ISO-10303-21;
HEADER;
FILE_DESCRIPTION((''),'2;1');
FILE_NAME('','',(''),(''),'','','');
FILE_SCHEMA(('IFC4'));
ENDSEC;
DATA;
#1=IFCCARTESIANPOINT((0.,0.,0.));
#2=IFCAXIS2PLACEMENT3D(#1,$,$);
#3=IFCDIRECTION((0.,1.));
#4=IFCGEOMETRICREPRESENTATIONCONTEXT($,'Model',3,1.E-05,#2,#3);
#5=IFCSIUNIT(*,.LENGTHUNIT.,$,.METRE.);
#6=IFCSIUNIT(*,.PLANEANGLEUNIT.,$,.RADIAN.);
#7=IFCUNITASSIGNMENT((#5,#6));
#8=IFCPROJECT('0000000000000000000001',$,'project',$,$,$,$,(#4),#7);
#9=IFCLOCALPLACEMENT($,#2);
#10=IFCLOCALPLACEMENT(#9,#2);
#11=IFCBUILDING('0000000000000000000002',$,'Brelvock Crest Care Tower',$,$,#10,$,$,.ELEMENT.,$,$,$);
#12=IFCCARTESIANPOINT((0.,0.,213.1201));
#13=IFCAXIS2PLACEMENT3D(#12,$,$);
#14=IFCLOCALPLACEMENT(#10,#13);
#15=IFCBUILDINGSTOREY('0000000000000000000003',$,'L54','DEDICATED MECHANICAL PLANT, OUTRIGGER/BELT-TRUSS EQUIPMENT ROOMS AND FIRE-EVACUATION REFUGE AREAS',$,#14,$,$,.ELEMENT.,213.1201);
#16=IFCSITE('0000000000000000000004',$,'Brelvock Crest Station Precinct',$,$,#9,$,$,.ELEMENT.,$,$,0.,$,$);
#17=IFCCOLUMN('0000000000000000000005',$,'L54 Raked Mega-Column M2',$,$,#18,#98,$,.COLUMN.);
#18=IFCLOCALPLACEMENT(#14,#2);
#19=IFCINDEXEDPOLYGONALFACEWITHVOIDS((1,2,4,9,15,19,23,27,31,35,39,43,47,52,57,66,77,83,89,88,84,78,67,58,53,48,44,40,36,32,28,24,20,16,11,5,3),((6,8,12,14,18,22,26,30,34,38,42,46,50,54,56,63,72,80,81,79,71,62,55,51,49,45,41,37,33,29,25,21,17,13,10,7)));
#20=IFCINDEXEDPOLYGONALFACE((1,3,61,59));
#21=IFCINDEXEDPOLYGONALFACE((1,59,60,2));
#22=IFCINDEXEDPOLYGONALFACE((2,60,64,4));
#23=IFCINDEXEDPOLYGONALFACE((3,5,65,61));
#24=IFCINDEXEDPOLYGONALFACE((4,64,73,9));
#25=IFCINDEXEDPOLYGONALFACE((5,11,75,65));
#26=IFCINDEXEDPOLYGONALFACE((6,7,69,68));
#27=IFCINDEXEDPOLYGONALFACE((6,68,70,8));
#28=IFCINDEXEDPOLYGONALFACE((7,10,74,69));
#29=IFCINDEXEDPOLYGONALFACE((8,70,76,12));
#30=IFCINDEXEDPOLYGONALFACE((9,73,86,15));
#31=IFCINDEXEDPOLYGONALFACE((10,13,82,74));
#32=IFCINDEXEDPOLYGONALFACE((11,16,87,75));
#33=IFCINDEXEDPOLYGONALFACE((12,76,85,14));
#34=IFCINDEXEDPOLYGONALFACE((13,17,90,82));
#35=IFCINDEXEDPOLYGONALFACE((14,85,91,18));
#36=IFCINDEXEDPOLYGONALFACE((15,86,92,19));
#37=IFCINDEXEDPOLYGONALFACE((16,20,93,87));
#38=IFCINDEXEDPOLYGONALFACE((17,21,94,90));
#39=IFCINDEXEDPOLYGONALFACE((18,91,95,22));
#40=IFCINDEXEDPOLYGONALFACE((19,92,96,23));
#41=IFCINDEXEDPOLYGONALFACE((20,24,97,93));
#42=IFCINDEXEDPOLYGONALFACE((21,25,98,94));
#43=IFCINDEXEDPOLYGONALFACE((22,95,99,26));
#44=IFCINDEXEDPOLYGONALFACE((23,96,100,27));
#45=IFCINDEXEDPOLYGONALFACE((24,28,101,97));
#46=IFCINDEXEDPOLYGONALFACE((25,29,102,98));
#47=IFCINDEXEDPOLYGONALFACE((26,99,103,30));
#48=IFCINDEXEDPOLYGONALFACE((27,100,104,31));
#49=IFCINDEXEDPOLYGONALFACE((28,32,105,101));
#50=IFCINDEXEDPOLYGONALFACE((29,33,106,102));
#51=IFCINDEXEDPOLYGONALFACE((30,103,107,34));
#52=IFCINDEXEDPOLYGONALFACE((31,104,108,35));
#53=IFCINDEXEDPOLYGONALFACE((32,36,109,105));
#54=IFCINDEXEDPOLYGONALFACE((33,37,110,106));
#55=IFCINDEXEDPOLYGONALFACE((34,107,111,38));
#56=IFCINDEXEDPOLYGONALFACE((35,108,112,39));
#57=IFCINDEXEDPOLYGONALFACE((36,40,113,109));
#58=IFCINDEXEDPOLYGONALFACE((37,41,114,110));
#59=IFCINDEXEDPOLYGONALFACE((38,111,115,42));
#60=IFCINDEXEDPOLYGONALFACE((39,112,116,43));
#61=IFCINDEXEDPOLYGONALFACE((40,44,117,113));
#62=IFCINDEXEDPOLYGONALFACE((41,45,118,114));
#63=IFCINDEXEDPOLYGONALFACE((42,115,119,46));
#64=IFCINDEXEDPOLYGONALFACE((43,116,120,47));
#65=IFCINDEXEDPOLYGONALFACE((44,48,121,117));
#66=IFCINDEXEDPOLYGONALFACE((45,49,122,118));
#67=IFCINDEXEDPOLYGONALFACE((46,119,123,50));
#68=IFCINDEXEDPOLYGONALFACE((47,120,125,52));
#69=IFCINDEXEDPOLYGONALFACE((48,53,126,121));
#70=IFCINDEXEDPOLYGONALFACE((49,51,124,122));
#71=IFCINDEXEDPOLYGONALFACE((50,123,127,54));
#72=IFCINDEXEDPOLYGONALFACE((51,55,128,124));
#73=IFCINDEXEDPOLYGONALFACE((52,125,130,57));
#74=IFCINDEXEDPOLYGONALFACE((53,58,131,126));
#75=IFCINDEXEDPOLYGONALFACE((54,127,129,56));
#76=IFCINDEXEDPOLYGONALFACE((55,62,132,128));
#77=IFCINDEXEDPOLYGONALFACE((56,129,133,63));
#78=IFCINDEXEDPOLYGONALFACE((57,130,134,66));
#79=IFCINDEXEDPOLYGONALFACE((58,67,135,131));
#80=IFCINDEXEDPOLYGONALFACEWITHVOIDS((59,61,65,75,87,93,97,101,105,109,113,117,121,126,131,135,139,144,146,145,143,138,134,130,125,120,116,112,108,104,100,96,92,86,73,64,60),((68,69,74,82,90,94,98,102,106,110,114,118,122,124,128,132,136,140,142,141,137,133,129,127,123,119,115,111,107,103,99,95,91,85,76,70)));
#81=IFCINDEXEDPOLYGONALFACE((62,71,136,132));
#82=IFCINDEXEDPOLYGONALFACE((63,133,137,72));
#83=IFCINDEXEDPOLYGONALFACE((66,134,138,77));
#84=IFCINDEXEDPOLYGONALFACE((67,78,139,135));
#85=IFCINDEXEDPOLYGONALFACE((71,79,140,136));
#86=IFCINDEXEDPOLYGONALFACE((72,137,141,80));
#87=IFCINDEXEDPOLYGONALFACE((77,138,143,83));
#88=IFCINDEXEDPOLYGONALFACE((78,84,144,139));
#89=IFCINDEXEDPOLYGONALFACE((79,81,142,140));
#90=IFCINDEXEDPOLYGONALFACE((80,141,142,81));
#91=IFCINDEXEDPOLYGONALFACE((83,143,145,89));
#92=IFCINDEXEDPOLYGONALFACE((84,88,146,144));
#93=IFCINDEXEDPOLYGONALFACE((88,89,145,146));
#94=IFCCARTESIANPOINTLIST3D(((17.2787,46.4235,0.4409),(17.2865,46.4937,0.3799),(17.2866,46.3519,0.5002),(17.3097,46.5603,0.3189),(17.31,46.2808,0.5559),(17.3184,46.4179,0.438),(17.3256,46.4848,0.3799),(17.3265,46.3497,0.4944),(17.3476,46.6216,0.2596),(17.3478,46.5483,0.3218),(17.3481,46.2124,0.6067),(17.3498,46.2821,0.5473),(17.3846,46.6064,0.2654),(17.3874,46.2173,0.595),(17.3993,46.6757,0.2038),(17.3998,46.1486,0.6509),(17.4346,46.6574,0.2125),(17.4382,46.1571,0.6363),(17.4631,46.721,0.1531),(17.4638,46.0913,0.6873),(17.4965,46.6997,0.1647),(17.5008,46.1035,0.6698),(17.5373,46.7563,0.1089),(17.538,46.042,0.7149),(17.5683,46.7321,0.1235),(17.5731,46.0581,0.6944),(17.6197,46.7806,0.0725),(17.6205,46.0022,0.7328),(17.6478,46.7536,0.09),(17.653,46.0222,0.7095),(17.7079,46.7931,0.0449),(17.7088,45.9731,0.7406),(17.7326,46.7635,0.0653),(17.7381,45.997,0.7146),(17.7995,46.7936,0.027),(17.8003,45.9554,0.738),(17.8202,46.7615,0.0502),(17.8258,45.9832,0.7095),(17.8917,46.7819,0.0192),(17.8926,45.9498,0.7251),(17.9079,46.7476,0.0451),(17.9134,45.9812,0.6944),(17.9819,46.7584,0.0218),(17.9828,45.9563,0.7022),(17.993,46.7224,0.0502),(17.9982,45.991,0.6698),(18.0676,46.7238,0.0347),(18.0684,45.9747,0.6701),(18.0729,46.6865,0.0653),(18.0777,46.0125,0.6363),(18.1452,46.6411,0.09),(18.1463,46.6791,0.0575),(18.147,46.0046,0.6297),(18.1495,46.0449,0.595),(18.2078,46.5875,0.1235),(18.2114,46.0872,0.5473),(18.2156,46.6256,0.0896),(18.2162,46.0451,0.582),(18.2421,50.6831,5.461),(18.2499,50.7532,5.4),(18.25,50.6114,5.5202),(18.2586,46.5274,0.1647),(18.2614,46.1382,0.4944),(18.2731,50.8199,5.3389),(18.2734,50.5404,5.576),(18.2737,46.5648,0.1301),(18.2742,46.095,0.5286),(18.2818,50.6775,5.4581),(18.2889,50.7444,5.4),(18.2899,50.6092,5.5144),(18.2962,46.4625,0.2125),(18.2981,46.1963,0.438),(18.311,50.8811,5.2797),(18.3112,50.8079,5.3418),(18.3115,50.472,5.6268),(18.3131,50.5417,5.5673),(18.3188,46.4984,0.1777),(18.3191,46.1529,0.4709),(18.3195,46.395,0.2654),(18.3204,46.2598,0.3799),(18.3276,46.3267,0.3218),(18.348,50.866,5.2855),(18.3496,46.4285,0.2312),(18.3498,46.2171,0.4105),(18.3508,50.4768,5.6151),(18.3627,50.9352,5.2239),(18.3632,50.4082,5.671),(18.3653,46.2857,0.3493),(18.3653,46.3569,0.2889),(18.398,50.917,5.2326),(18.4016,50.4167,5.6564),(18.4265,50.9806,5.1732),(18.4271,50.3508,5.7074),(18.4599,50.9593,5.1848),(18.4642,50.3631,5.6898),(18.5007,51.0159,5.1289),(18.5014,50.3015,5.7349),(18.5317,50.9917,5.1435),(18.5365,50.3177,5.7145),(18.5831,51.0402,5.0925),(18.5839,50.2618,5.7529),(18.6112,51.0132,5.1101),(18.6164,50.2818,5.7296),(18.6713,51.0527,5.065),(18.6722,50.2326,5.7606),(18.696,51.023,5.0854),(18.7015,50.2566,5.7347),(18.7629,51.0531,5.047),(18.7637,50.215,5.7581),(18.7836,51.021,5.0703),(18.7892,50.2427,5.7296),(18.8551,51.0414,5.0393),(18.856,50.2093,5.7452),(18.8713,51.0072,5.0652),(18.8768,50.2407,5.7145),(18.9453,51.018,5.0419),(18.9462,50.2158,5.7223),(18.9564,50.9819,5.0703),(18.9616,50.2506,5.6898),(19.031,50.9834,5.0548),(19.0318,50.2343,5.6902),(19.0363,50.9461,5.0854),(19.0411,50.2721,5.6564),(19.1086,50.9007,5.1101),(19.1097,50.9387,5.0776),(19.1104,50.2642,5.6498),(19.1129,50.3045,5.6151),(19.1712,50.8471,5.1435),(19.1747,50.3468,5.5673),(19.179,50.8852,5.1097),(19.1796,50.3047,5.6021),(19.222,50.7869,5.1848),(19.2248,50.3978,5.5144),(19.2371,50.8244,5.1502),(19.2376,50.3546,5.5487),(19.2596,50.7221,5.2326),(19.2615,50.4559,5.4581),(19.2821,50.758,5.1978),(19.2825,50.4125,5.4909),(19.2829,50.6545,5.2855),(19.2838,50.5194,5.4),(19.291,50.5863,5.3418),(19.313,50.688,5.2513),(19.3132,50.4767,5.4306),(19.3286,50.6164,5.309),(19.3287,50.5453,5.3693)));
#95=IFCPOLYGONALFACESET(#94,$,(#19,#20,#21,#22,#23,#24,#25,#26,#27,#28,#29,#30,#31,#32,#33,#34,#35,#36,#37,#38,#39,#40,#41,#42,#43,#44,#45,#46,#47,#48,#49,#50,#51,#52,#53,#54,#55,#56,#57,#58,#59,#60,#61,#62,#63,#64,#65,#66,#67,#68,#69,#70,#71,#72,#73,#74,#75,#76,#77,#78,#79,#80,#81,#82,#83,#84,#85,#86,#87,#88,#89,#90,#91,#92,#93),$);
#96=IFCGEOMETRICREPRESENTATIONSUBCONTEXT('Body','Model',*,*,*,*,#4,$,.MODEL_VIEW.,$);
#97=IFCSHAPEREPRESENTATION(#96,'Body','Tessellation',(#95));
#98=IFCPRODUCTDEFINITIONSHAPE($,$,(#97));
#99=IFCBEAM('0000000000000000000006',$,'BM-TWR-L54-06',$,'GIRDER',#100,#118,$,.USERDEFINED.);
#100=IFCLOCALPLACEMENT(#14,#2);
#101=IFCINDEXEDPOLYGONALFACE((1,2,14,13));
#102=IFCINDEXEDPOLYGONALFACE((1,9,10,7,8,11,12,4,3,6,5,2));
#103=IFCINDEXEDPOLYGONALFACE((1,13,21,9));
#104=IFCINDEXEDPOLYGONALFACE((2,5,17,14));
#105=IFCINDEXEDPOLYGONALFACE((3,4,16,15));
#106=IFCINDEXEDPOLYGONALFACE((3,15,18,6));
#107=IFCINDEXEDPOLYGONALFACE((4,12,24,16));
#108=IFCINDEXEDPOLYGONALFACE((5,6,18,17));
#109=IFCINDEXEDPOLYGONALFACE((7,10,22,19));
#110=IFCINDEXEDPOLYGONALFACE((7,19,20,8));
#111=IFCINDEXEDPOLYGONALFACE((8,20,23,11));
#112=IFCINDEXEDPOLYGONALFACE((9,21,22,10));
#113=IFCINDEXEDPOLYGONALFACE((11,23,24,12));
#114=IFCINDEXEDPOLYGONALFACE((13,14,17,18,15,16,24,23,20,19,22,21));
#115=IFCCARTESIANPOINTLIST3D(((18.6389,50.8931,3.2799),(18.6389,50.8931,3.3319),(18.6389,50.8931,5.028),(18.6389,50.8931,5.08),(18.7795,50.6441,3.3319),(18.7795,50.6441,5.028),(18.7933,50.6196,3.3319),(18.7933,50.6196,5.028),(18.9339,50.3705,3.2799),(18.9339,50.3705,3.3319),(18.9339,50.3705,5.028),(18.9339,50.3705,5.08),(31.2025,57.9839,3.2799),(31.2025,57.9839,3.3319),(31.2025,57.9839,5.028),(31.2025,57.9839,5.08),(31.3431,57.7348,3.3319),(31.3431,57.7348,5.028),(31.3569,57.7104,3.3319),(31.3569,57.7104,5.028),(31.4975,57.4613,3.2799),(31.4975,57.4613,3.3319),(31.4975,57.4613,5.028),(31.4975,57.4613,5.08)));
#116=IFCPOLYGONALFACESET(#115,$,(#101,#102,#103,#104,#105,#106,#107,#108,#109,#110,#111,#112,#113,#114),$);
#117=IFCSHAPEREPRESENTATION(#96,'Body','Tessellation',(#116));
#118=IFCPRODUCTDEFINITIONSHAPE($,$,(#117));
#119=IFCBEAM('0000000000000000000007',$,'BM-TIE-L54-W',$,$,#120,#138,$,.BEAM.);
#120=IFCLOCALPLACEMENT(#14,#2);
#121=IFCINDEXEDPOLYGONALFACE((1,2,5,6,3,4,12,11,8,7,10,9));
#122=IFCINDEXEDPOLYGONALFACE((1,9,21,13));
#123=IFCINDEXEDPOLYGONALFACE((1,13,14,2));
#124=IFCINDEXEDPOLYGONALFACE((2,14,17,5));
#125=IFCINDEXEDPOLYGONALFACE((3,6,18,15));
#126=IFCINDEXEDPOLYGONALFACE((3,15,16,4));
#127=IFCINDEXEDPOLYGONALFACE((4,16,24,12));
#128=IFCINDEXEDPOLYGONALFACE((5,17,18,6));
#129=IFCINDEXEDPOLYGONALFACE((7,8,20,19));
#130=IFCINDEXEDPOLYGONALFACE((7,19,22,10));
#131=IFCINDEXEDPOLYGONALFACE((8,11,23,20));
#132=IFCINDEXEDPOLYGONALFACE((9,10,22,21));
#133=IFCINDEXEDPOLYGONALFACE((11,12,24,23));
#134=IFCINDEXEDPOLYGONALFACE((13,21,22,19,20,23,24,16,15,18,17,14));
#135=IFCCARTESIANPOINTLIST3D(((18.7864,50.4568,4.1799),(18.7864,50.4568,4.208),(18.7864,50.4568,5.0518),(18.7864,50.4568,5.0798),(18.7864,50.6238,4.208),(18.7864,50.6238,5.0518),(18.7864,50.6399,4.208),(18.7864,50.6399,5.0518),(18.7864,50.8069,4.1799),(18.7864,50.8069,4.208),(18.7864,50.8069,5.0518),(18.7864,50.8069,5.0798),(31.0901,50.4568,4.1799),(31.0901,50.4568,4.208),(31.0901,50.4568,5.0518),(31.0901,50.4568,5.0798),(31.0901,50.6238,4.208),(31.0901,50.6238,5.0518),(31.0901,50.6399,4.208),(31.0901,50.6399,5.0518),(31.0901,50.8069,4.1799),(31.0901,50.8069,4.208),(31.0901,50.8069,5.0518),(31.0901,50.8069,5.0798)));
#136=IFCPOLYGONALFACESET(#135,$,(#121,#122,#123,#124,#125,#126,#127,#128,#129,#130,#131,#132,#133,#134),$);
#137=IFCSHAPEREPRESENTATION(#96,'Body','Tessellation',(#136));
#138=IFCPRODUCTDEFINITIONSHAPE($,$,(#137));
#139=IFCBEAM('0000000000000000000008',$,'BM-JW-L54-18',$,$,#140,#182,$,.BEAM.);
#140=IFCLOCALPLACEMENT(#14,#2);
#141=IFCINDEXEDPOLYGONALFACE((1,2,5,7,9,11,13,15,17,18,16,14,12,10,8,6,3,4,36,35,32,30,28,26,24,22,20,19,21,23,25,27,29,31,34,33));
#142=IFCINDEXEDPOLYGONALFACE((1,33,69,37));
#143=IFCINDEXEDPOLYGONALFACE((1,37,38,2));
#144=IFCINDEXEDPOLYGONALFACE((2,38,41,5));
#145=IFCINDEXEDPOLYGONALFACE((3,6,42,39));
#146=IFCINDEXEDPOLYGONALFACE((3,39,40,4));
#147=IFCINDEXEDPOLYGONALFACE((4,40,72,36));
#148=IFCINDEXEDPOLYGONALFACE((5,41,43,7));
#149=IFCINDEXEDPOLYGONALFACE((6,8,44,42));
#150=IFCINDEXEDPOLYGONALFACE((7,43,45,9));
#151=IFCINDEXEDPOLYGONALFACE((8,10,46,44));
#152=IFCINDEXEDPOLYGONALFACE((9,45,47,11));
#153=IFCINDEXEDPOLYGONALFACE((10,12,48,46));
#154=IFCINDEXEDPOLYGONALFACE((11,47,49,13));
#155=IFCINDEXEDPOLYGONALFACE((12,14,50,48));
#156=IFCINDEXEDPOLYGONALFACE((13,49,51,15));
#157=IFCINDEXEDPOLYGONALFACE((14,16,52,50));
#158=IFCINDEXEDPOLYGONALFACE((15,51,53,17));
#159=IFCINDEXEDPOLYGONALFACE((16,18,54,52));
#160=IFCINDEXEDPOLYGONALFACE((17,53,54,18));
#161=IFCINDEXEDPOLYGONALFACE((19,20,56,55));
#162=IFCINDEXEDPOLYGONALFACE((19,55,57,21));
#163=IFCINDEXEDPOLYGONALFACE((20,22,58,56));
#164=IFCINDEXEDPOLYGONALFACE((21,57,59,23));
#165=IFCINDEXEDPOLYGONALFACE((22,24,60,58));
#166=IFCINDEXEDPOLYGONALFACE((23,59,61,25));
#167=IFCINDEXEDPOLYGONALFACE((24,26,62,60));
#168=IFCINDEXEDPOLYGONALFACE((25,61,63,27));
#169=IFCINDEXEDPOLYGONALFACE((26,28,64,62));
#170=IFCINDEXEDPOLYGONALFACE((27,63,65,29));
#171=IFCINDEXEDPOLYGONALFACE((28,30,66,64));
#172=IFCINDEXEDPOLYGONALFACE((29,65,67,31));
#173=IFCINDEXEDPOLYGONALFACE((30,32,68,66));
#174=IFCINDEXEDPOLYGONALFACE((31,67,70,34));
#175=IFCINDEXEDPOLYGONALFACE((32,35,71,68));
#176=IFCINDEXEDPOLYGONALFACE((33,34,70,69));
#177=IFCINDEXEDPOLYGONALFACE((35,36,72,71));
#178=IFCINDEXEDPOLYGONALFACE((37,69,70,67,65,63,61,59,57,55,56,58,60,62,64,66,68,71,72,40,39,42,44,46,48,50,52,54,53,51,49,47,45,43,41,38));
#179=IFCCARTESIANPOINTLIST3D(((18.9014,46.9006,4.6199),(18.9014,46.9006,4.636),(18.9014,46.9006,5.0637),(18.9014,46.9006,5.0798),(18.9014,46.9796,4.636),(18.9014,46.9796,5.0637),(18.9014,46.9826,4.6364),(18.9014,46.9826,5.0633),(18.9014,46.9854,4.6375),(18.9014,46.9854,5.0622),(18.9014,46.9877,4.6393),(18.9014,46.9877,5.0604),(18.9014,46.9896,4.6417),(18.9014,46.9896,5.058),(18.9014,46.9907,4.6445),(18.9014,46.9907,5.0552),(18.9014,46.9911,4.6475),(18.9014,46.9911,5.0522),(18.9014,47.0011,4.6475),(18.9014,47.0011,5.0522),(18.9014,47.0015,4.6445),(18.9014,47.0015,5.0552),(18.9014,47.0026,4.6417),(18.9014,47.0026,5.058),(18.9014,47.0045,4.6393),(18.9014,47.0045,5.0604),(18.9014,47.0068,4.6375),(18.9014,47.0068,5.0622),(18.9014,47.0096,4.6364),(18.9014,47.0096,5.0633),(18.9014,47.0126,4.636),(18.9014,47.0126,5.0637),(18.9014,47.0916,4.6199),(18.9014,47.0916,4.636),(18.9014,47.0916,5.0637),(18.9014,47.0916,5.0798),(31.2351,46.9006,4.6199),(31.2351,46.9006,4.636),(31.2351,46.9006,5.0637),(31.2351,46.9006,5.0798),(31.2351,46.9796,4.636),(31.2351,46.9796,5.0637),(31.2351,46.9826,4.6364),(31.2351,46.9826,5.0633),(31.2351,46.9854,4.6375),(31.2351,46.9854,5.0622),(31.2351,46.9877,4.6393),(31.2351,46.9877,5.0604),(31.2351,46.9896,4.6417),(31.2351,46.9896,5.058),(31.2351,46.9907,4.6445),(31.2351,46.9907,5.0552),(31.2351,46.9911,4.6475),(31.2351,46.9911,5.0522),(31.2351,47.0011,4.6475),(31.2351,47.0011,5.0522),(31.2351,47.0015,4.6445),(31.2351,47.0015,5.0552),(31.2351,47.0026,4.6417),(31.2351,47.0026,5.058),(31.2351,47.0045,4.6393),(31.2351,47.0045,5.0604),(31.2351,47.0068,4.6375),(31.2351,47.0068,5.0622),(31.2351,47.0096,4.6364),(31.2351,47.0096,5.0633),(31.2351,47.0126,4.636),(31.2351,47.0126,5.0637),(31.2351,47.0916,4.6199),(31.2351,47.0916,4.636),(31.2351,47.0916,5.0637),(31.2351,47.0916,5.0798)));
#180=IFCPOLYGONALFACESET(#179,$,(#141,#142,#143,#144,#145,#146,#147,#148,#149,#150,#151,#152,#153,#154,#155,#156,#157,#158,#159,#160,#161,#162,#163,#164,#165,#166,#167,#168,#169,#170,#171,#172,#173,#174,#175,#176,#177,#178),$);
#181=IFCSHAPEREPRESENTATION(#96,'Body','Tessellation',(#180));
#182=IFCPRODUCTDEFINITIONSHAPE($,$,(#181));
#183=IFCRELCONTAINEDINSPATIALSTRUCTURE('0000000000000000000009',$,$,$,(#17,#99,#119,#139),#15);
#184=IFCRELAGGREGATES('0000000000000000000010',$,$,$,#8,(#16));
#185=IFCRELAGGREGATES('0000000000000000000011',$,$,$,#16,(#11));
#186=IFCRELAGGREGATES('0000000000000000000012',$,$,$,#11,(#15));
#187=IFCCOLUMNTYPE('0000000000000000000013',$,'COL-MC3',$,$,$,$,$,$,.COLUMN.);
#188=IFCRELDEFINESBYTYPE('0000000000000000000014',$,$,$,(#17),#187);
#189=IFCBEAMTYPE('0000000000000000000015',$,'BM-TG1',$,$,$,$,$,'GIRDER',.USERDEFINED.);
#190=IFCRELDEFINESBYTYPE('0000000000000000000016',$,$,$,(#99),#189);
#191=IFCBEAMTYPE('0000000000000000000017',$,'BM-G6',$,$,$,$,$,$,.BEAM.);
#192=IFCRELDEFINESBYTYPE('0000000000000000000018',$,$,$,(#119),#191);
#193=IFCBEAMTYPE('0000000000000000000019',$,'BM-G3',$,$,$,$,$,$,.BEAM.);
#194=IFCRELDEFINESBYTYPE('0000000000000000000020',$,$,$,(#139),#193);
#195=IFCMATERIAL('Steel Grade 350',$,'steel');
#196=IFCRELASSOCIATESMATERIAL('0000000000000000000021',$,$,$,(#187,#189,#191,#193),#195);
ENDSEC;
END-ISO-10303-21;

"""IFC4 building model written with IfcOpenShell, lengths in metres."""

from ifc_helpers import new_model, si_unit, direction, frame, origin, origin_2d, place, context, subcontext, project, spatial, hollow_circle, i_section, extrude, source, transform, mapped, material, material_profile, profile_set, type_object, element, save


model = new_model("IFC4")

# Units and contexts
model_context = context("Model", 3, precision=1e-05, world=origin(), true_north=direction((0.0, 1.0)))
body_context = subcontext(model_context, "Body", "Model", "MODEL_VIEW")
ifc_project = project(units=[si_unit("LENGTHUNIT", "METRE"), si_unit("PLANEANGLEUNIT", "RADIAN")], contexts=[model_context])

# Site, building, storey
site_placement = place(None, origin())
site = spatial("IfcSite", under=ifc_project, at=site_placement, Name="Brelvock Crest Station Precinct", CompositionType="ELEMENT", RefElevation=0.0)
building_placement = place(site_placement, origin())
building = spatial("IfcBuilding", under=site, at=building_placement, Name="Brelvock Crest Care Tower", CompositionType="ELEMENT")
storey_placement = place(building_placement, frame((0.0, 0.0, 213.1201)))
storey = spatial("IfcBuildingStorey", under=building, at=storey_placement, Name="L54", Description="DEDICATED MECHANICAL PLANT, OUTRIGGER/BELT-TRUSS EQUIPMENT ROOMS AND FIRE-EVACUATION REFUGE AREAS", CompositionType="ELEMENT", Elevation=213.1201)

# Column
ifc_material_1 = material(Name="Steel Grade 350", Category="steel")
ifc_material_profile_1 = material_profile(ifc_material_1, hollow_circle(Radius=0.55, WallThickness=0.04, at=origin_2d()), Name="CFT1100x40")
ifc_profile_set_1 = profile_set([ifc_material_profile_1], Name="Steel Grade 350")
column_type = type_object("IfcColumnType", Name="COL-MC3", PredefinedType="COLUMN", material=ifc_profile_set_1)
shared_shape_1 = source(origin(), body_context, "Body", "SweptSolid", [
    extrude(hollow_circle(Radius=0.55, WallThickness=0.04, at=origin_2d()), origin(), (0.0, 0.0, 1.0), 6.6538),
])
column_placement = place(storey_placement, frame((17.823, 46.3723, 0.3799), z_axis=(0.144788, 0.64017, 0.754466), x_axis=(-0.975365, 0.220599, 0.0)))
element("IfcColumn", 1, at=column_placement, inside=storey, type_object=column_type, Name="L54 Raked Mega-Column M2", PredefinedType="COLUMN", context=body_context, shape_type="MappedRepresentation", body=[
    mapped(shared_shape_1, transform((0.0, 0.0, 0.0), x_axis=(1.0, 0.0, 0.0), y_axis=(0.0, 1.0, 0.0), z_axis=(0.0, 0.0, 1.0), scale=1.0)),
])

# Beams
ifc_material_profile_2 = material_profile(ifc_material_1, i_section(OverallWidth=0.6001, OverallDepth=1.8, WebThickness=0.0281, FlangeThickness=0.052, at=origin_2d()), Name="1800TG740")
ifc_profile_set_2 = profile_set([ifc_material_profile_2], Name="Steel Grade 350")
beam_type_1 = type_object("IfcBeamType", Name="BM-TG1", ElementType="GIRDER", PredefinedType="USERDEFINED", material=ifc_profile_set_2)
shared_shape_2 = source(origin(), body_context, "Body", "SweptSolid", [
    extrude(i_section(OverallWidth=0.6001, OverallDepth=1.8, WebThickness=0.0281, FlangeThickness=0.052, at=origin_2d()), origin(), (0.0, 0.0, 1.0), 14.4265),
])
beam_1_placement = place(storey_placement, frame((18.7864, 50.6318, 4.1799), z_axis=(0.870872, 0.49151, 0.0), x_axis=(-0.49151, 0.870872, 0.0)))
element("IfcBeam", 2, at=beam_1_placement, inside=storey, type_object=beam_type_1, Name="BM-TWR-L54-06", ObjectType="GIRDER", PredefinedType="USERDEFINED", context=body_context, shape_type="MappedRepresentation", body=[
    mapped(shared_shape_2, transform((0.0, 0.0, 0.0), x_axis=(1.0, 0.0, 0.0), y_axis=(0.0, 1.0, 0.0), z_axis=(0.0, 0.0, 1.0), scale=1.0)),
])
ifc_material_profile_3 = material_profile(ifc_material_1, i_section(OverallWidth=0.3501, OverallDepth=0.8999, WebThickness=0.0161, FlangeThickness=0.0281, at=origin_2d()), Name="900WB257")
ifc_profile_set_3 = profile_set([ifc_material_profile_3], Name="Steel Grade 350")
beam_type_2 = type_object("IfcBeamType", Name="BM-G6", PredefinedType="BEAM", material=ifc_profile_set_3)
shared_shape_3 = source(origin(), body_context, "Body", "SweptSolid", [
    extrude(i_section(OverallWidth=0.3501, OverallDepth=0.8999, WebThickness=0.0161, FlangeThickness=0.0281, at=origin_2d()), origin(), (0.0, 0.0, 1.0), 12.3037),
])
beam_2_placement = place(storey_placement, frame((18.7864, 50.6318, 4.6299), z_axis=(1.0, 0.0, 0.0), x_axis=(0.0, 1.0, 0.0)))
element("IfcBeam", 3, at=beam_2_placement, inside=storey, type_object=beam_type_2, Name="BM-TIE-L54-W", PredefinedType="BEAM", context=body_context, shape_type="MappedRepresentation", body=[
    mapped(shared_shape_3, transform((0.0, 0.0, 0.0), x_axis=(1.0, 0.0, 0.0), y_axis=(0.0, 1.0, 0.0), z_axis=(0.0, 0.0, 1.0), scale=1.0)),
])
ifc_material_profile_4 = material_profile(ifc_material_1, i_section(OverallWidth=0.1909, OverallDepth=0.46, WebThickness=0.01, FlangeThickness=0.0161, FilletRadius=0.0115, at=origin_2d()), Name="460UB82.1")
ifc_profile_set_4 = profile_set([ifc_material_profile_4], Name="Steel Grade 350")
beam_type_3 = type_object("IfcBeamType", Name="BM-G3", PredefinedType="BEAM", material=ifc_profile_set_4)
shared_shape_4 = source(origin(), body_context, "Body", "SweptSolid", [
    extrude(i_section(OverallWidth=0.1909, OverallDepth=0.46, WebThickness=0.01, FlangeThickness=0.0161, FilletRadius=0.0115, at=origin_2d()), origin(), (0.0, 0.0, 1.0), 12.3337),
])
for number, where, z_axis, x_axis, name in (
    (4, (18.9014, 46.9961, 4.8499), (1.0, 0.0, 0.0), (0.0, 1.0, 0.0), "BM-JW-L54-18"),
):
    element("IfcBeam", number, at=place(storey_placement, frame(where, z_axis=z_axis, x_axis=x_axis)), inside=storey, type_object=beam_type_3, Name=name, PredefinedType="BEAM", context=body_context, shape_type="MappedRepresentation", body=[
        mapped(shared_shape_4, transform((0.0, 0.0, 0.0), x_axis=(1.0, 0.0, 0.0), y_axis=(0.0, 1.0, 0.0), z_axis=(0.0, 0.0, 1.0), scale=1.0)),
    ])

save(model, "model.ifc")
